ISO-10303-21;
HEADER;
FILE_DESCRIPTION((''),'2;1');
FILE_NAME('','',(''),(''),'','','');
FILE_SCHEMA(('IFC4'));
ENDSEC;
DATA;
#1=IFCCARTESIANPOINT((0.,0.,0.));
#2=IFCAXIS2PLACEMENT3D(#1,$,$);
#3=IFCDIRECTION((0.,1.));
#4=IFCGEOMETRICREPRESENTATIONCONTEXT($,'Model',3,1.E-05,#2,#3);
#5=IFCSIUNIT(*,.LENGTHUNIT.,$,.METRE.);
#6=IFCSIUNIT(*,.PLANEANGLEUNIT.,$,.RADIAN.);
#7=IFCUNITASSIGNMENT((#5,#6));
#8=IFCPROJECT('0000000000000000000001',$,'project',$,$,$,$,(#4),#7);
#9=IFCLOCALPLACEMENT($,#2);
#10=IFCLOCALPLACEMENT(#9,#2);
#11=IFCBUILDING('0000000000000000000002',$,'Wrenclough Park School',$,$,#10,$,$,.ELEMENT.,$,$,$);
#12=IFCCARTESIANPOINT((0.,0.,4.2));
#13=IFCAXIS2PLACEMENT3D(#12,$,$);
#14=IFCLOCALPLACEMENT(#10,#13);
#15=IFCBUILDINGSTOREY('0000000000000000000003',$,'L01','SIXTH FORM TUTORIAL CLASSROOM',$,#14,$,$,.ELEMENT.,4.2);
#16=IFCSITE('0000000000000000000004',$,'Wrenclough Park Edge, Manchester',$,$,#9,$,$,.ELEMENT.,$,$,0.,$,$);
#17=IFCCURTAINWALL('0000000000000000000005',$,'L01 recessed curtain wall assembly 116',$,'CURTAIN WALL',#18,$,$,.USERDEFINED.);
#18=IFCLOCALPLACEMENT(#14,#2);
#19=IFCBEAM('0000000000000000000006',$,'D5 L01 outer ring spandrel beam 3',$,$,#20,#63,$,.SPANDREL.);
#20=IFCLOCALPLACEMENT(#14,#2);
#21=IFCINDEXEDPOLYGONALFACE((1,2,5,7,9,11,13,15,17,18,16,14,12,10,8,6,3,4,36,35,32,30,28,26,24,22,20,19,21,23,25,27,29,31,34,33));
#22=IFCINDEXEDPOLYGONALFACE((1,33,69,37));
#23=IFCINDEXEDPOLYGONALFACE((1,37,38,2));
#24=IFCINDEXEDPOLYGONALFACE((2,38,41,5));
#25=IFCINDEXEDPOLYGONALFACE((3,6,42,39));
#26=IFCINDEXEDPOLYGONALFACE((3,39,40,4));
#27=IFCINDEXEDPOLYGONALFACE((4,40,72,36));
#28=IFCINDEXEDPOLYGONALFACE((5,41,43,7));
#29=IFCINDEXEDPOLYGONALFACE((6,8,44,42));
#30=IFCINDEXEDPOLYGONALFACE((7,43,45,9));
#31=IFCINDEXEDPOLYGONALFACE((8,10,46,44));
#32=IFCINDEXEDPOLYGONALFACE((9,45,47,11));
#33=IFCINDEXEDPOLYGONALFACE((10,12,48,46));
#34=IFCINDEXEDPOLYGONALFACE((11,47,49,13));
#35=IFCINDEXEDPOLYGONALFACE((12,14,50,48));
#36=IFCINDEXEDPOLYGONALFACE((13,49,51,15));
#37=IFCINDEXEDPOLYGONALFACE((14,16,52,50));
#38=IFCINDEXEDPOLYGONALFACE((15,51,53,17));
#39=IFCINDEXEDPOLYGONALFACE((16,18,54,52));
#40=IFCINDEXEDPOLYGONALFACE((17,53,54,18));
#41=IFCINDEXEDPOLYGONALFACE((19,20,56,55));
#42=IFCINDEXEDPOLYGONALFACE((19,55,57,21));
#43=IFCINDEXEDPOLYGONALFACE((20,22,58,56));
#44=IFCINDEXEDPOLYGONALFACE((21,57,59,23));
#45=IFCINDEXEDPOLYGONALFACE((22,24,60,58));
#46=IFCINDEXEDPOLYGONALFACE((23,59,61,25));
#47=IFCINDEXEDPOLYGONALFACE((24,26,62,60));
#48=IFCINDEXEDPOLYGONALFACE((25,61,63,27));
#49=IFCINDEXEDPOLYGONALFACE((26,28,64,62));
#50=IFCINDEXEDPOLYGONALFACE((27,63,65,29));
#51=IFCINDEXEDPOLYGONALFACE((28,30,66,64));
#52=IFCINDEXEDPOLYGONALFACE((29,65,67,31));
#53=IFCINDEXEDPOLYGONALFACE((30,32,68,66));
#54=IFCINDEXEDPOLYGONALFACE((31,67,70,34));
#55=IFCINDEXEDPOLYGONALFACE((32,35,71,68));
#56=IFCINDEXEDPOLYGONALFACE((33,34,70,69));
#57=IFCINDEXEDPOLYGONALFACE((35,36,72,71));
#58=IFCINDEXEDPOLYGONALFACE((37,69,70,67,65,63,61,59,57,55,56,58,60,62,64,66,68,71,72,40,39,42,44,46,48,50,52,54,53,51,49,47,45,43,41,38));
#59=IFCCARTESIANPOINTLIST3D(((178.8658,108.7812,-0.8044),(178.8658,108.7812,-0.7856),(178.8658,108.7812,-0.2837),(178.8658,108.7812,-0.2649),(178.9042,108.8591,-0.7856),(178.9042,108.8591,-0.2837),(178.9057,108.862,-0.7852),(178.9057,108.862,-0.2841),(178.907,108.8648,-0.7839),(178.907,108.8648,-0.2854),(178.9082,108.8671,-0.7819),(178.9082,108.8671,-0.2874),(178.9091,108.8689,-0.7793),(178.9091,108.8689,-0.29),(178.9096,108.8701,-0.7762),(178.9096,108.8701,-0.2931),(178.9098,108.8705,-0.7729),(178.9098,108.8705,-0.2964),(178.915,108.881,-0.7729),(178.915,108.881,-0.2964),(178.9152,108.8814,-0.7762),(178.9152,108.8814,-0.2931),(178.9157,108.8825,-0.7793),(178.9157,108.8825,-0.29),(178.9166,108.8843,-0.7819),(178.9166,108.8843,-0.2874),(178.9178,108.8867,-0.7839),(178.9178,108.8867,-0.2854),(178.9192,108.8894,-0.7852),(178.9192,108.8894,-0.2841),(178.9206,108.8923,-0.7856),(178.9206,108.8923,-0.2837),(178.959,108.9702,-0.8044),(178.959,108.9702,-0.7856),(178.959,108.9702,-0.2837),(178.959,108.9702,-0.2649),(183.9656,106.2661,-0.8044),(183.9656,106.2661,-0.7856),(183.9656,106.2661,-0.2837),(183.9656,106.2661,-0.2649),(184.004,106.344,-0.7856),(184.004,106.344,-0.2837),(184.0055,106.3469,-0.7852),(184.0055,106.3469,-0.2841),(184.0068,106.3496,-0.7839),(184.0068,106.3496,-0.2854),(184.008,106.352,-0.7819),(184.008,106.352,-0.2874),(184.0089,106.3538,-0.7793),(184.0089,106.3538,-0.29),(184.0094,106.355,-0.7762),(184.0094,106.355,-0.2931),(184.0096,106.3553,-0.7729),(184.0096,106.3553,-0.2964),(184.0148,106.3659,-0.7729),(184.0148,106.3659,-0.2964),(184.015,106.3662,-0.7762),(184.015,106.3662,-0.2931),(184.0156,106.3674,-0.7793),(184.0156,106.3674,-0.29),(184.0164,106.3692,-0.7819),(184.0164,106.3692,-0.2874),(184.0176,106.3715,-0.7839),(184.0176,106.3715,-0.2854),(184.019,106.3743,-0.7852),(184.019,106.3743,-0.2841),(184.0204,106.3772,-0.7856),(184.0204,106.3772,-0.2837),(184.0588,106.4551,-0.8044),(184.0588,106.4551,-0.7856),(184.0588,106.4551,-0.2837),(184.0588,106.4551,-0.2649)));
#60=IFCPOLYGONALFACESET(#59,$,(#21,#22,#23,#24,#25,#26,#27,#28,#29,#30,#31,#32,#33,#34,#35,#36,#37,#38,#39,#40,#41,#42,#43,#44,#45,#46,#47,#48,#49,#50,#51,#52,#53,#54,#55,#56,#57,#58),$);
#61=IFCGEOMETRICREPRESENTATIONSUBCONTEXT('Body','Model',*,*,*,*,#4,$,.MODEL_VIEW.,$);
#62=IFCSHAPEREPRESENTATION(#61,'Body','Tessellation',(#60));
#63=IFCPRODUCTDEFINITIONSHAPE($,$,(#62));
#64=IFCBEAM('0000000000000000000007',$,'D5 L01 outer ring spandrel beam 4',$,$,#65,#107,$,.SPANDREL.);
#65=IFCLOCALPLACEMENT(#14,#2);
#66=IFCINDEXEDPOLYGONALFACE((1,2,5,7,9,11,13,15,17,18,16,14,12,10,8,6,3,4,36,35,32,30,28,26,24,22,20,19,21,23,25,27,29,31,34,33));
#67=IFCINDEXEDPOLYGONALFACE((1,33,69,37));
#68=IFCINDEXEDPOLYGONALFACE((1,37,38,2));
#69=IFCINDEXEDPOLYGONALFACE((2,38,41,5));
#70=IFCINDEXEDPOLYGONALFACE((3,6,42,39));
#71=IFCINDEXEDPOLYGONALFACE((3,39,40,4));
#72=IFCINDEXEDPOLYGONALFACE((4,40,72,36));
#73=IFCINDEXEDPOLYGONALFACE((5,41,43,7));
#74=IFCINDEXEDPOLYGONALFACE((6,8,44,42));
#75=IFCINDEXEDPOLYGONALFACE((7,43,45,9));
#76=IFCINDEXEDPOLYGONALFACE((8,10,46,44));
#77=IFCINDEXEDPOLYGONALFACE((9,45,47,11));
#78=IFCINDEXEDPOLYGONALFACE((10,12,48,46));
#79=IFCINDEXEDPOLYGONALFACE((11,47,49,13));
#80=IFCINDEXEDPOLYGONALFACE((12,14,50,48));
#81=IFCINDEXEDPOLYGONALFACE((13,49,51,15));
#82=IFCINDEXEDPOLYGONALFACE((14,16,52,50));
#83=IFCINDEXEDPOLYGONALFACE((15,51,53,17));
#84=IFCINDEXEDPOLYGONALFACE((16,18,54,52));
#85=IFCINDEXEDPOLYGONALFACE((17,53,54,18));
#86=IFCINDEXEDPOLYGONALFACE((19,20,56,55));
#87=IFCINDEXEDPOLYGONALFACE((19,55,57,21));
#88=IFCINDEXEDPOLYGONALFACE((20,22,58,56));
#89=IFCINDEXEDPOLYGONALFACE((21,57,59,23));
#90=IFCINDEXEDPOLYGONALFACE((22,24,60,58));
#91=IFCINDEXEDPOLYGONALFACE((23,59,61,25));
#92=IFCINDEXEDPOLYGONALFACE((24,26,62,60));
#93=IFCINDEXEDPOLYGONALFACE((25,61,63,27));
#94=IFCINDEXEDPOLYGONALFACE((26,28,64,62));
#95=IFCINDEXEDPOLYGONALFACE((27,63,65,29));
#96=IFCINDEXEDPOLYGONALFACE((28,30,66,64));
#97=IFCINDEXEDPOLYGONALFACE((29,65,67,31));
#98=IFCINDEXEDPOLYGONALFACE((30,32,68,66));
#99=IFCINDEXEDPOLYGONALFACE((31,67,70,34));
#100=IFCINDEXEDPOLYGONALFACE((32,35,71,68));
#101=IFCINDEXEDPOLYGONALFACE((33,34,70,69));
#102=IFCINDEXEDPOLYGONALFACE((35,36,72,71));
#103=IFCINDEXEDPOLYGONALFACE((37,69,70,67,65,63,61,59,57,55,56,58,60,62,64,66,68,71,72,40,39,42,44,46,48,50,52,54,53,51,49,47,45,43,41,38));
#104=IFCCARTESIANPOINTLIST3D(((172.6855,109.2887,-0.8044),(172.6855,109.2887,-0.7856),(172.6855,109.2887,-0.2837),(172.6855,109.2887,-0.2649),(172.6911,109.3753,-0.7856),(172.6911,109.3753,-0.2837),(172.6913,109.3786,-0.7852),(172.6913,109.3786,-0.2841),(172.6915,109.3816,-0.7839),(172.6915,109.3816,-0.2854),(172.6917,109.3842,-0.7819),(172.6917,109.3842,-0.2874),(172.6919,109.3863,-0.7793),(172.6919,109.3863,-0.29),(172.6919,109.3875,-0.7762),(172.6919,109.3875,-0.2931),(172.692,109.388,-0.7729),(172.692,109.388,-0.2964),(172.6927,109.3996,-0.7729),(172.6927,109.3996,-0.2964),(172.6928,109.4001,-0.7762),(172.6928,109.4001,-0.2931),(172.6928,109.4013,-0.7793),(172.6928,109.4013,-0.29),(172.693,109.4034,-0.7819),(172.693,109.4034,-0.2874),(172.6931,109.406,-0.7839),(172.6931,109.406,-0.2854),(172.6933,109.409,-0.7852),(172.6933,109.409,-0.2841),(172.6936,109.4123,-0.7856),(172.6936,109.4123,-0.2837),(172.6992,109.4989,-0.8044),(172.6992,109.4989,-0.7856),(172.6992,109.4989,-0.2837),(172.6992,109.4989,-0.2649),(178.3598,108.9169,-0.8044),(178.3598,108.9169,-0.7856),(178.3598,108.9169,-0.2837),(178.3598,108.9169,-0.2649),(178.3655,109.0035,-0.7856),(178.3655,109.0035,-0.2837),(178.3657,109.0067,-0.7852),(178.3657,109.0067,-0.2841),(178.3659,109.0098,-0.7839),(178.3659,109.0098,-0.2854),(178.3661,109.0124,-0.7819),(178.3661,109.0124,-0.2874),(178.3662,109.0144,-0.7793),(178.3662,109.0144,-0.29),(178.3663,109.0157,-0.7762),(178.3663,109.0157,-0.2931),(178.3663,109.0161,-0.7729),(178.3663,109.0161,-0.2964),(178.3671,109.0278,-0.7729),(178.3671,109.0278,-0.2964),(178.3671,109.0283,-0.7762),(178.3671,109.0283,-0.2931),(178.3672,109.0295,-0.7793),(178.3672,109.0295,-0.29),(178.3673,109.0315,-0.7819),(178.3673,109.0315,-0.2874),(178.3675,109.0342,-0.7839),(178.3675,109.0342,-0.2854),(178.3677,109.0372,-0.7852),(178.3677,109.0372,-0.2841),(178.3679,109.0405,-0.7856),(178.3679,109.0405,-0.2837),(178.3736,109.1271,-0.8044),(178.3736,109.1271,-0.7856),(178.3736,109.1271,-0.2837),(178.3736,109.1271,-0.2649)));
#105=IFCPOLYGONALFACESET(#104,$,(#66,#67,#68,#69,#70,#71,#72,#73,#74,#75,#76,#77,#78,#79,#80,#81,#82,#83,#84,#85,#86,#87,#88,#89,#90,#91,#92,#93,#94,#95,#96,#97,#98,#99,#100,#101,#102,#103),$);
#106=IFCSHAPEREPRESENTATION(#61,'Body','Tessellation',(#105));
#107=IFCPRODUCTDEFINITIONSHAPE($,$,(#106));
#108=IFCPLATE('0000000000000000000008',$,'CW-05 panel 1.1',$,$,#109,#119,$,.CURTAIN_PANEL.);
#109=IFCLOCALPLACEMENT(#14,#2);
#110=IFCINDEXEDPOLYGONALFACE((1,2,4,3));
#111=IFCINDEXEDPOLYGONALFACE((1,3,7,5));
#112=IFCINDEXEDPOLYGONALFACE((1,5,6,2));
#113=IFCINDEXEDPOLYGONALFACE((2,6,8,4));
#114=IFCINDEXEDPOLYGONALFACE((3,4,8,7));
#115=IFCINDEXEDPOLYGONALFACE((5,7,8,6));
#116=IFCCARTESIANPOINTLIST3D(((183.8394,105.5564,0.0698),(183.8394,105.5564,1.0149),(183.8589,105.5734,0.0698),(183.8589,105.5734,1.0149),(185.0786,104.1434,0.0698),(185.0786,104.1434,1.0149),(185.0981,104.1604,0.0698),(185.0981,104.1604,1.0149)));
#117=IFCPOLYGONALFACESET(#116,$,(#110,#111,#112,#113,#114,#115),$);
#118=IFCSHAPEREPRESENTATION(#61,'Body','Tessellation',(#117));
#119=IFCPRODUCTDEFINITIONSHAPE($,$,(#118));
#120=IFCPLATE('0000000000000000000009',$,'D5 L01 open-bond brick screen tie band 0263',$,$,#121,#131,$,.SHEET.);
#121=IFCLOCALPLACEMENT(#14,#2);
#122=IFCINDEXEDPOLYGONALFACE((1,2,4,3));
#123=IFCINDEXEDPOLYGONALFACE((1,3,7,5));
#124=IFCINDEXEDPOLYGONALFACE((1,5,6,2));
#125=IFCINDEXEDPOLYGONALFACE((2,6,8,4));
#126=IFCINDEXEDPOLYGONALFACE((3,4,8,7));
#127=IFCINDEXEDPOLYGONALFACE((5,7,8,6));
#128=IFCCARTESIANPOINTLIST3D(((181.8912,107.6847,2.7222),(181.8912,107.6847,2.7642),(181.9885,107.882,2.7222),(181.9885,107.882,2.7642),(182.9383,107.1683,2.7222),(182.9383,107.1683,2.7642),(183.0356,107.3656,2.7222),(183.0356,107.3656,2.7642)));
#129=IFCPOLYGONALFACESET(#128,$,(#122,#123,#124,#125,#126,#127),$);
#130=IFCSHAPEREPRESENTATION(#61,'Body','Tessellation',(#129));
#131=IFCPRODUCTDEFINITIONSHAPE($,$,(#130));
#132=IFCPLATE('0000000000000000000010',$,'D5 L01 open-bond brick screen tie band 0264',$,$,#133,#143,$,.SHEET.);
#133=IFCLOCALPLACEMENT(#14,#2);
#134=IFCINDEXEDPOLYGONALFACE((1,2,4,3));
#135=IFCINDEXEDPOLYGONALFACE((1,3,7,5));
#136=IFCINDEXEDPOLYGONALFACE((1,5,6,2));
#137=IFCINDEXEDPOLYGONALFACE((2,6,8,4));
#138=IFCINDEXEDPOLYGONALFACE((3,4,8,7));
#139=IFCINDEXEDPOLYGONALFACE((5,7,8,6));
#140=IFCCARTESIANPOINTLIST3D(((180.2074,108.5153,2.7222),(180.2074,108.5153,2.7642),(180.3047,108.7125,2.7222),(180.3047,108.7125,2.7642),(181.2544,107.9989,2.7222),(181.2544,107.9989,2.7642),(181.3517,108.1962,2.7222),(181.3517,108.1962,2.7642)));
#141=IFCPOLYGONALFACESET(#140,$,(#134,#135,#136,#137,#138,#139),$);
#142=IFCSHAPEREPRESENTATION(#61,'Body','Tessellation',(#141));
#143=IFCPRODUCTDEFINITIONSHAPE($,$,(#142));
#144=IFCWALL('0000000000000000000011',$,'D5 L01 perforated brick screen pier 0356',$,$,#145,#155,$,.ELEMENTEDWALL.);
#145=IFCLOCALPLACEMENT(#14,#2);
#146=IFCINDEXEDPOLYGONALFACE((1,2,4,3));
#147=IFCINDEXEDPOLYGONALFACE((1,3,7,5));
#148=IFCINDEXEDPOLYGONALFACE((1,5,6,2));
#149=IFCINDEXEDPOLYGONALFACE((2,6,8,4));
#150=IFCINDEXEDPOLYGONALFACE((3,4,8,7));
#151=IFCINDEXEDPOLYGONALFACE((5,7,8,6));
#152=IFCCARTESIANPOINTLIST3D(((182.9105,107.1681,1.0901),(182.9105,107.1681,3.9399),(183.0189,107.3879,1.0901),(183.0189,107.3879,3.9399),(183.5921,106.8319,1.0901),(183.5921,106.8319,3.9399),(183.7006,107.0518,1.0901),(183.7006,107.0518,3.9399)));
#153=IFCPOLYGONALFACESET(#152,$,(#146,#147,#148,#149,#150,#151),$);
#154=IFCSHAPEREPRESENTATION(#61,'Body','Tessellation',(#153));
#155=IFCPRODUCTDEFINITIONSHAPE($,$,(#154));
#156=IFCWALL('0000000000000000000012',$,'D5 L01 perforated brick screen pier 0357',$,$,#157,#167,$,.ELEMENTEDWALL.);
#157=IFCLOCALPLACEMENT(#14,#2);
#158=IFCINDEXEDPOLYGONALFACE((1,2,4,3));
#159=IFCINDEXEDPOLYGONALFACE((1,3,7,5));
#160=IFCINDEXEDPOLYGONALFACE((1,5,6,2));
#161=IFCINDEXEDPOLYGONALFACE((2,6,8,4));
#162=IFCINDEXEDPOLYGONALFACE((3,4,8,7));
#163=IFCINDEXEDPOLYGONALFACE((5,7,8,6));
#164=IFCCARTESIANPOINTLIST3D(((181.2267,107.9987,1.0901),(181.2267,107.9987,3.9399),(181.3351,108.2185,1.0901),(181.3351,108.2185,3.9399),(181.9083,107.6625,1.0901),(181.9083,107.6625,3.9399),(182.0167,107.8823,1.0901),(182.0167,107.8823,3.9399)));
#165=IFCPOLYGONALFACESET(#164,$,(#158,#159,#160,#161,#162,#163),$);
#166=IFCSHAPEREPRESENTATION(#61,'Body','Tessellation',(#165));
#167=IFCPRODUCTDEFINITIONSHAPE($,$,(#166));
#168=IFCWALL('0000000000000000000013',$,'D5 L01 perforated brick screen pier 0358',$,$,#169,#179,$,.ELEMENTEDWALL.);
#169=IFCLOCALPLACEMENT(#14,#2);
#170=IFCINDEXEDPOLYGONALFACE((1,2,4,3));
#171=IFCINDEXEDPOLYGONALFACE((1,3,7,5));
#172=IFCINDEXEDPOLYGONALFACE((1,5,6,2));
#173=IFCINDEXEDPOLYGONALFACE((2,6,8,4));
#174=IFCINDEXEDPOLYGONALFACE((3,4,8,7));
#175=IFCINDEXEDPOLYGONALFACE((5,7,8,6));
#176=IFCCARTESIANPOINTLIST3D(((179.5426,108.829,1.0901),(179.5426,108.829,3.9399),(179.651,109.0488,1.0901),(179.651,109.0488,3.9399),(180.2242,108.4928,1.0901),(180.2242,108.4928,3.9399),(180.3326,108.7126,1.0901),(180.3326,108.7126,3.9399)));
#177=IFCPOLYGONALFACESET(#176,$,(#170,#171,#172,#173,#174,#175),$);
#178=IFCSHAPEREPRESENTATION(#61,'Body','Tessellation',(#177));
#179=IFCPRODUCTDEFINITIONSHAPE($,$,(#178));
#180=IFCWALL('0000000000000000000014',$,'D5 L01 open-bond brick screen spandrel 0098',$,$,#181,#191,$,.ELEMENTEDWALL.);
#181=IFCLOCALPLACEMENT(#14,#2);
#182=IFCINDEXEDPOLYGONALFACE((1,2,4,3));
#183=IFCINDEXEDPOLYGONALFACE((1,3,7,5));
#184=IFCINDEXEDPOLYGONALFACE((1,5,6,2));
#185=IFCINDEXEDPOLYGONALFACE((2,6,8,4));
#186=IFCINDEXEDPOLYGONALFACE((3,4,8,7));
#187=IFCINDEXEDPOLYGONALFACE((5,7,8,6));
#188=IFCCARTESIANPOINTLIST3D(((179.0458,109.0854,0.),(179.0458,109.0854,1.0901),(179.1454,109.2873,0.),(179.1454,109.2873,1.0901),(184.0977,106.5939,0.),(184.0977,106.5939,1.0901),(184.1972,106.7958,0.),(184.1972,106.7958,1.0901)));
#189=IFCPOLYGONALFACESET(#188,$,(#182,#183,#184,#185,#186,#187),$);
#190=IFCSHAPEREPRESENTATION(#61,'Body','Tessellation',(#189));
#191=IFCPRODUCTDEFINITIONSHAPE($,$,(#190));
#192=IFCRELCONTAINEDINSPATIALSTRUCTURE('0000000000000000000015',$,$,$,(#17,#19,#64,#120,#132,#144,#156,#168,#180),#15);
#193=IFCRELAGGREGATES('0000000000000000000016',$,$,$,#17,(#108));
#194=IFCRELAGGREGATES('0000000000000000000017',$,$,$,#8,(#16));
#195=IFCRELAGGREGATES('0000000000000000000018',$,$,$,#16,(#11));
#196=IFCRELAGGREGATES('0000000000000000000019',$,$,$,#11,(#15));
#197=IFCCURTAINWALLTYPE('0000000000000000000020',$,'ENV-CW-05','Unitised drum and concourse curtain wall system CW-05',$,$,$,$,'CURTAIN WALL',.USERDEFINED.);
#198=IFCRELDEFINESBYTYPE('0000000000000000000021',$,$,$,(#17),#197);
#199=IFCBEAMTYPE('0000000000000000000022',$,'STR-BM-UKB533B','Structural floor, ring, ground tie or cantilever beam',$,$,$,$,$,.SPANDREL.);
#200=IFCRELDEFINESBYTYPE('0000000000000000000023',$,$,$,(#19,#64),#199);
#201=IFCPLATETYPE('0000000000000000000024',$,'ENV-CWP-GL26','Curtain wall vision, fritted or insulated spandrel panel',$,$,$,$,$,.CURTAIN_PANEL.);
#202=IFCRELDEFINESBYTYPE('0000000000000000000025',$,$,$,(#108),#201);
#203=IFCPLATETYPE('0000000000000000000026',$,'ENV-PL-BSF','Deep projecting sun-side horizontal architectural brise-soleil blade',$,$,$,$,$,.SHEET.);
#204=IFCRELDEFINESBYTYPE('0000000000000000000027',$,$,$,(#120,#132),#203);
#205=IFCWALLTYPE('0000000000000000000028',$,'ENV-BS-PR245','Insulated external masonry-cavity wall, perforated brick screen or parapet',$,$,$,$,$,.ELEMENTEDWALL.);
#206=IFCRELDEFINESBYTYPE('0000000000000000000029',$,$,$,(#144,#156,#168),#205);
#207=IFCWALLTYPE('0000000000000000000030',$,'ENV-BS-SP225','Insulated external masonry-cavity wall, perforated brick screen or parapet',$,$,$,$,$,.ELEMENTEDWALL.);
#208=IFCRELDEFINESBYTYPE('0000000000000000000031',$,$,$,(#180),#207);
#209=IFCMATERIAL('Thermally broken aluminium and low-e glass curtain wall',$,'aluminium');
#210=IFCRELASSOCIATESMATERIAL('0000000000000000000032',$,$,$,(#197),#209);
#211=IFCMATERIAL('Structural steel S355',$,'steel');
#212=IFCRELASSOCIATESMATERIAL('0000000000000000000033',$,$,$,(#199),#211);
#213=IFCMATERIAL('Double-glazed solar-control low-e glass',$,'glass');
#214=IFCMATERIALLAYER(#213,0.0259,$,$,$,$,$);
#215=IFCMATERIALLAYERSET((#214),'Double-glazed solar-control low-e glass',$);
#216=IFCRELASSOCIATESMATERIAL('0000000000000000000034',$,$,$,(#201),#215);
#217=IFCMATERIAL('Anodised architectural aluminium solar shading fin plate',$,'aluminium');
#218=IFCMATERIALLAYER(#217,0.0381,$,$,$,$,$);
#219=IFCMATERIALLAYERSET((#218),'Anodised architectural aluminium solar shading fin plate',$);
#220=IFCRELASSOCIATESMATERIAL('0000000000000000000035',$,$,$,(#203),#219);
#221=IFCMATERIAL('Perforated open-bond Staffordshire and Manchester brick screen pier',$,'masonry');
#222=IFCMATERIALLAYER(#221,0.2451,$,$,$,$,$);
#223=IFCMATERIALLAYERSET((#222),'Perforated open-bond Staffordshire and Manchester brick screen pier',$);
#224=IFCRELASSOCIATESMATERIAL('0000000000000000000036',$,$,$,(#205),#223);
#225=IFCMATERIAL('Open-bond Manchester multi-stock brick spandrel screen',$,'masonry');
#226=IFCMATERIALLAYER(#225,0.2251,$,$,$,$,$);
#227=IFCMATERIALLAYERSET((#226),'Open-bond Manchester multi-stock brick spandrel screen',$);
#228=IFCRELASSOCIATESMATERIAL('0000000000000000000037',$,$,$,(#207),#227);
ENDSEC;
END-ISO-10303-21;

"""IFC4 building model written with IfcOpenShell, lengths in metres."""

from ifc_helpers import new_model, si_unit, direction, frame, frame_2d, origin, origin_2d, place, context, subcontext, project, spatial, rectangle, i_section, extrude, material, layer, layer_set, material_profile, profile_set, type_object, element, aggregate, save


model = new_model("IFC4")

# Units and contexts
model_context = context("Model", 3, precision=1e-05, world=origin(), true_north=direction((0.0, 1.0)))
body_context = subcontext(model_context, "Body", "Model", "MODEL_VIEW")
ifc_project = project(units=[si_unit("LENGTHUNIT", "METRE"), si_unit("PLANEANGLEUNIT", "RADIAN")], contexts=[model_context])

# Site, building, storey
site_placement = place(None, origin())
site = spatial("IfcSite", under=ifc_project, at=site_placement, Name="Wrenclough Park Edge, Manchester", CompositionType="ELEMENT", RefElevation=0.0)
building_placement = place(site_placement, origin())
building = spatial("IfcBuilding", under=site, at=building_placement, Name="Wrenclough Park School", CompositionType="ELEMENT")
storey_placement = place(building_placement, frame((0.0, 0.0, 4.2)))
storey = spatial("IfcBuildingStorey", under=building, at=storey_placement, Name="L01", Description="SIXTH FORM TUTORIAL CLASSROOM", CompositionType="ELEMENT", Elevation=4.2)

# Shared definitions
ifc_material_1 = material(Name="Thermally broken aluminium and low-e glass curtain wall", Category="aluminium")

# Curtain wall
curtain_wall_type_1 = type_object("IfcCurtainWallType", Name="ENV-CW-05", Description="Unitised drum and concourse curtain wall system CW-05", ElementType="CURTAIN WALL", PredefinedType="USERDEFINED", material=ifc_material_1)
curtain_wall_1_placement = place(storey_placement, origin())
curtain_wall_1 = element("IfcCurtainWall", 1, at=curtain_wall_1_placement, inside=storey, type_object=curtain_wall_type_1, Name="L01 recessed curtain wall assembly 116", ObjectType="CURTAIN WALL", PredefinedType="USERDEFINED")

# Beams
ifc_material_2 = material(Name="Structural steel S355", Category="steel")
ifc_material_profile_1 = material_profile(ifc_material_2, i_section(OverallWidth=0.2107, OverallDepth=0.5396, WebThickness=0.0117, FlangeThickness=0.0188, FilletRadius=0.0127, at=origin_2d()), Name="UKB 533x210x109")
ifc_profile_set_1 = profile_set([ifc_material_profile_1], Name="Structural steel S355")
beam_type_1 = type_object("IfcBeamType", Name="STR-BM-UKB533B", Description="Structural floor, ring, ground tie or cantilever beam", PredefinedType="SPANDREL", material=ifc_profile_set_1)
beam_1_placement = place(storey_placement, frame((184.0122, 106.3606, -0.5347), z_axis=(-0.896861, 0.442312, 0.0), x_axis=(-0.442312, -0.896861, 0.0)))
element("IfcBeam", 2, at=beam_1_placement, inside=storey, type_object=beam_type_1, Name="D5 L01 outer ring spandrel beam 3", PredefinedType="SPANDREL", context=body_context, shape_type="SweptSolid", body=[
    extrude(i_section(OverallWidth=0.2107, OverallDepth=0.5396, WebThickness=0.0117, FlangeThickness=0.0188, FilletRadius=0.0127, at=origin_2d()), origin(), (0.0, 0.0, 1.0), 5.6863),
])
beam_2_placement = place(storey_placement, frame((178.3667, 109.022, -0.5347), z_axis=(-0.99786, 0.065388, 0.0), x_axis=(-0.065388, -0.99786, 0.0)))
element("IfcBeam", 3, at=beam_2_placement, inside=storey, type_object=beam_type_1, Name="D5 L01 outer ring spandrel beam 4", PredefinedType="SPANDREL", context=body_context, shape_type="SweptSolid", body=[
    extrude(i_section(OverallWidth=0.2107, OverallDepth=0.5396, WebThickness=0.0117, FlangeThickness=0.0188, FilletRadius=0.0127, at=origin_2d()), origin(), (0.0, 0.0, 1.0), 5.6865),
])

# Plate
ifc_material_3 = material(Name="Double-glazed solar-control low-e glass", Category="glass")
ifc_layer_1 = layer(ifc_material_3, 0.0259)
ifc_layer_set_1 = layer_set([ifc_layer_1], Name="Double-glazed solar-control low-e glass")
plate_type_1 = type_object("IfcPlateType", Name="ENV-CWP-GL26", Description="Curtain wall vision, fritted or insulated spandrel panel", PredefinedType="CURTAIN_PANEL", material=ifc_layer_set_1)
plate_placement = place(storey_placement, frame((184.4688, 104.8584, 0.0698), z_axis=(0.0, 0.0, 1.0), x_axis=(0.659365, -0.751823, 0.0)))
plate = element("IfcPlate", 4, at=plate_placement, type_object=plate_type_1, Name="CW-05 panel 1.1", PredefinedType="CURTAIN_PANEL", context=body_context, shape_type="SweptSolid", body=[
    extrude(rectangle(XDim=1.8794, YDim=0.0259, at=origin_2d()), origin(), (0.0, 0.0, 1.0), 0.9451),
])
aggregate(curtain_wall_1, [plate])

# Plates
ifc_material_4 = material(Name="Anodised architectural aluminium solar shading fin plate", Category="aluminium")
ifc_layer_2 = layer(ifc_material_4, 0.0381)
ifc_layer_set_2 = layer_set([ifc_layer_2], Name="Anodised architectural aluminium solar shading fin plate")
plate_type_2 = type_object("IfcPlateType", Name="ENV-PL-BSF", Description="Deep projecting sun-side horizontal architectural brise-soleil blade", PredefinedType="SHEET", material=ifc_layer_set_2)
for number, where, z_axis, x_axis, name in (
    (5, (182.4634, 107.5251, 2.7222), (0.0, 0.0, 1.0), (-0.896867, 0.4423, 0.0), "D5 L01 open-bond brick screen tie band 0263"),
    (6, (180.7795, 108.3557, 2.7222), (0.0, 0.0, 1.0), (-0.896867, 0.4423, 0.0), "D5 L01 open-bond brick screen tie band 0264"),
):
    element("IfcPlate", number, at=place(storey_placement, frame(where, z_axis=z_axis, x_axis=x_axis)), inside=storey, type_object=plate_type_2, Name=name, PredefinedType="SHEET", context=body_context, shape_type="SweptSolid", body=[
        extrude(rectangle(XDim=1.1675, YDim=0.22, at=origin_2d()), origin(), (0.0, 0.0, 1.0), 0.042),
    ])

# Walls
ifc_material_5 = material(Name="Perforated open-bond Staffordshire and Manchester brick screen pier", Category="masonry")
ifc_layer_3 = layer(ifc_material_5, 0.2451)
ifc_layer_set_3 = layer_set([ifc_layer_3], Name="Perforated open-bond Staffordshire and Manchester brick screen pier")
wall_type_1 = type_object("IfcWallType", Name="ENV-BS-PR245", Description="Insulated external masonry-cavity wall, perforated brick screen or parapet", PredefinedType="ELEMENTEDWALL", material=ifc_layer_set_3)
for number, where, z_axis, x_axis, name in (
    (7, (183.6462, 106.9419, 1.0901), (0.0, 0.0, 1.0), (-0.896855, 0.442324, 0.0), "D5 L01 perforated brick screen pier 0356"),
    (8, (181.9624, 107.7725, 1.0901), (0.0, 0.0, 1.0), (-0.896855, 0.442324, 0.0), "D5 L01 perforated brick screen pier 0357"),
    (9, (180.2783, 108.6028, 1.0901), (0.0, 0.0, 1.0), (-0.896855, 0.442324, 0.0), "D5 L01 perforated brick screen pier 0358"),
):
    element("IfcWall", number, at=place(storey_placement, frame(where, z_axis=z_axis, x_axis=x_axis)), inside=storey, type_object=wall_type_1, Name=name, PredefinedType="ELEMENTEDWALL", context=body_context, shape_type="SweptSolid", body=[
        extrude(rectangle(XDim=0.76, YDim=0.2451, at=frame_2d((0.3799, 0.0))), origin(), (0.0, 0.0, 1.0), 2.8499),
    ])
ifc_material_6 = material(Name="Open-bond Manchester multi-stock brick spandrel screen", Category="masonry")
ifc_layer_4 = layer(ifc_material_6, 0.2251)
ifc_layer_set_4 = layer_set([ifc_layer_4], Name="Open-bond Manchester multi-stock brick spandrel screen")
wall_type_2 = type_object("IfcWallType", Name="ENV-BS-SP225", Description="Insulated external masonry-cavity wall, perforated brick screen or parapet", PredefinedType="ELEMENTEDWALL", material=ifc_layer_set_4)
wall_1_placement = place(storey_placement, frame((184.1475, 106.6948, 0.0), z_axis=(0.0, 0.0, 1.0), x_axis=(-0.896858, 0.442318, 0.0)))
element("IfcWall", 10, at=wall_1_placement, inside=storey, type_object=wall_type_2, Name="D5 L01 open-bond brick screen spandrel 0098", PredefinedType="ELEMENTEDWALL", context=body_context, shape_type="SweptSolid", body=[
    extrude(rectangle(XDim=5.6328, YDim=0.2251, at=frame_2d((2.8164, 0.0))), origin(), (0.0, 0.0, 1.0), 1.0901),
])

save(model, "model.ifc")
